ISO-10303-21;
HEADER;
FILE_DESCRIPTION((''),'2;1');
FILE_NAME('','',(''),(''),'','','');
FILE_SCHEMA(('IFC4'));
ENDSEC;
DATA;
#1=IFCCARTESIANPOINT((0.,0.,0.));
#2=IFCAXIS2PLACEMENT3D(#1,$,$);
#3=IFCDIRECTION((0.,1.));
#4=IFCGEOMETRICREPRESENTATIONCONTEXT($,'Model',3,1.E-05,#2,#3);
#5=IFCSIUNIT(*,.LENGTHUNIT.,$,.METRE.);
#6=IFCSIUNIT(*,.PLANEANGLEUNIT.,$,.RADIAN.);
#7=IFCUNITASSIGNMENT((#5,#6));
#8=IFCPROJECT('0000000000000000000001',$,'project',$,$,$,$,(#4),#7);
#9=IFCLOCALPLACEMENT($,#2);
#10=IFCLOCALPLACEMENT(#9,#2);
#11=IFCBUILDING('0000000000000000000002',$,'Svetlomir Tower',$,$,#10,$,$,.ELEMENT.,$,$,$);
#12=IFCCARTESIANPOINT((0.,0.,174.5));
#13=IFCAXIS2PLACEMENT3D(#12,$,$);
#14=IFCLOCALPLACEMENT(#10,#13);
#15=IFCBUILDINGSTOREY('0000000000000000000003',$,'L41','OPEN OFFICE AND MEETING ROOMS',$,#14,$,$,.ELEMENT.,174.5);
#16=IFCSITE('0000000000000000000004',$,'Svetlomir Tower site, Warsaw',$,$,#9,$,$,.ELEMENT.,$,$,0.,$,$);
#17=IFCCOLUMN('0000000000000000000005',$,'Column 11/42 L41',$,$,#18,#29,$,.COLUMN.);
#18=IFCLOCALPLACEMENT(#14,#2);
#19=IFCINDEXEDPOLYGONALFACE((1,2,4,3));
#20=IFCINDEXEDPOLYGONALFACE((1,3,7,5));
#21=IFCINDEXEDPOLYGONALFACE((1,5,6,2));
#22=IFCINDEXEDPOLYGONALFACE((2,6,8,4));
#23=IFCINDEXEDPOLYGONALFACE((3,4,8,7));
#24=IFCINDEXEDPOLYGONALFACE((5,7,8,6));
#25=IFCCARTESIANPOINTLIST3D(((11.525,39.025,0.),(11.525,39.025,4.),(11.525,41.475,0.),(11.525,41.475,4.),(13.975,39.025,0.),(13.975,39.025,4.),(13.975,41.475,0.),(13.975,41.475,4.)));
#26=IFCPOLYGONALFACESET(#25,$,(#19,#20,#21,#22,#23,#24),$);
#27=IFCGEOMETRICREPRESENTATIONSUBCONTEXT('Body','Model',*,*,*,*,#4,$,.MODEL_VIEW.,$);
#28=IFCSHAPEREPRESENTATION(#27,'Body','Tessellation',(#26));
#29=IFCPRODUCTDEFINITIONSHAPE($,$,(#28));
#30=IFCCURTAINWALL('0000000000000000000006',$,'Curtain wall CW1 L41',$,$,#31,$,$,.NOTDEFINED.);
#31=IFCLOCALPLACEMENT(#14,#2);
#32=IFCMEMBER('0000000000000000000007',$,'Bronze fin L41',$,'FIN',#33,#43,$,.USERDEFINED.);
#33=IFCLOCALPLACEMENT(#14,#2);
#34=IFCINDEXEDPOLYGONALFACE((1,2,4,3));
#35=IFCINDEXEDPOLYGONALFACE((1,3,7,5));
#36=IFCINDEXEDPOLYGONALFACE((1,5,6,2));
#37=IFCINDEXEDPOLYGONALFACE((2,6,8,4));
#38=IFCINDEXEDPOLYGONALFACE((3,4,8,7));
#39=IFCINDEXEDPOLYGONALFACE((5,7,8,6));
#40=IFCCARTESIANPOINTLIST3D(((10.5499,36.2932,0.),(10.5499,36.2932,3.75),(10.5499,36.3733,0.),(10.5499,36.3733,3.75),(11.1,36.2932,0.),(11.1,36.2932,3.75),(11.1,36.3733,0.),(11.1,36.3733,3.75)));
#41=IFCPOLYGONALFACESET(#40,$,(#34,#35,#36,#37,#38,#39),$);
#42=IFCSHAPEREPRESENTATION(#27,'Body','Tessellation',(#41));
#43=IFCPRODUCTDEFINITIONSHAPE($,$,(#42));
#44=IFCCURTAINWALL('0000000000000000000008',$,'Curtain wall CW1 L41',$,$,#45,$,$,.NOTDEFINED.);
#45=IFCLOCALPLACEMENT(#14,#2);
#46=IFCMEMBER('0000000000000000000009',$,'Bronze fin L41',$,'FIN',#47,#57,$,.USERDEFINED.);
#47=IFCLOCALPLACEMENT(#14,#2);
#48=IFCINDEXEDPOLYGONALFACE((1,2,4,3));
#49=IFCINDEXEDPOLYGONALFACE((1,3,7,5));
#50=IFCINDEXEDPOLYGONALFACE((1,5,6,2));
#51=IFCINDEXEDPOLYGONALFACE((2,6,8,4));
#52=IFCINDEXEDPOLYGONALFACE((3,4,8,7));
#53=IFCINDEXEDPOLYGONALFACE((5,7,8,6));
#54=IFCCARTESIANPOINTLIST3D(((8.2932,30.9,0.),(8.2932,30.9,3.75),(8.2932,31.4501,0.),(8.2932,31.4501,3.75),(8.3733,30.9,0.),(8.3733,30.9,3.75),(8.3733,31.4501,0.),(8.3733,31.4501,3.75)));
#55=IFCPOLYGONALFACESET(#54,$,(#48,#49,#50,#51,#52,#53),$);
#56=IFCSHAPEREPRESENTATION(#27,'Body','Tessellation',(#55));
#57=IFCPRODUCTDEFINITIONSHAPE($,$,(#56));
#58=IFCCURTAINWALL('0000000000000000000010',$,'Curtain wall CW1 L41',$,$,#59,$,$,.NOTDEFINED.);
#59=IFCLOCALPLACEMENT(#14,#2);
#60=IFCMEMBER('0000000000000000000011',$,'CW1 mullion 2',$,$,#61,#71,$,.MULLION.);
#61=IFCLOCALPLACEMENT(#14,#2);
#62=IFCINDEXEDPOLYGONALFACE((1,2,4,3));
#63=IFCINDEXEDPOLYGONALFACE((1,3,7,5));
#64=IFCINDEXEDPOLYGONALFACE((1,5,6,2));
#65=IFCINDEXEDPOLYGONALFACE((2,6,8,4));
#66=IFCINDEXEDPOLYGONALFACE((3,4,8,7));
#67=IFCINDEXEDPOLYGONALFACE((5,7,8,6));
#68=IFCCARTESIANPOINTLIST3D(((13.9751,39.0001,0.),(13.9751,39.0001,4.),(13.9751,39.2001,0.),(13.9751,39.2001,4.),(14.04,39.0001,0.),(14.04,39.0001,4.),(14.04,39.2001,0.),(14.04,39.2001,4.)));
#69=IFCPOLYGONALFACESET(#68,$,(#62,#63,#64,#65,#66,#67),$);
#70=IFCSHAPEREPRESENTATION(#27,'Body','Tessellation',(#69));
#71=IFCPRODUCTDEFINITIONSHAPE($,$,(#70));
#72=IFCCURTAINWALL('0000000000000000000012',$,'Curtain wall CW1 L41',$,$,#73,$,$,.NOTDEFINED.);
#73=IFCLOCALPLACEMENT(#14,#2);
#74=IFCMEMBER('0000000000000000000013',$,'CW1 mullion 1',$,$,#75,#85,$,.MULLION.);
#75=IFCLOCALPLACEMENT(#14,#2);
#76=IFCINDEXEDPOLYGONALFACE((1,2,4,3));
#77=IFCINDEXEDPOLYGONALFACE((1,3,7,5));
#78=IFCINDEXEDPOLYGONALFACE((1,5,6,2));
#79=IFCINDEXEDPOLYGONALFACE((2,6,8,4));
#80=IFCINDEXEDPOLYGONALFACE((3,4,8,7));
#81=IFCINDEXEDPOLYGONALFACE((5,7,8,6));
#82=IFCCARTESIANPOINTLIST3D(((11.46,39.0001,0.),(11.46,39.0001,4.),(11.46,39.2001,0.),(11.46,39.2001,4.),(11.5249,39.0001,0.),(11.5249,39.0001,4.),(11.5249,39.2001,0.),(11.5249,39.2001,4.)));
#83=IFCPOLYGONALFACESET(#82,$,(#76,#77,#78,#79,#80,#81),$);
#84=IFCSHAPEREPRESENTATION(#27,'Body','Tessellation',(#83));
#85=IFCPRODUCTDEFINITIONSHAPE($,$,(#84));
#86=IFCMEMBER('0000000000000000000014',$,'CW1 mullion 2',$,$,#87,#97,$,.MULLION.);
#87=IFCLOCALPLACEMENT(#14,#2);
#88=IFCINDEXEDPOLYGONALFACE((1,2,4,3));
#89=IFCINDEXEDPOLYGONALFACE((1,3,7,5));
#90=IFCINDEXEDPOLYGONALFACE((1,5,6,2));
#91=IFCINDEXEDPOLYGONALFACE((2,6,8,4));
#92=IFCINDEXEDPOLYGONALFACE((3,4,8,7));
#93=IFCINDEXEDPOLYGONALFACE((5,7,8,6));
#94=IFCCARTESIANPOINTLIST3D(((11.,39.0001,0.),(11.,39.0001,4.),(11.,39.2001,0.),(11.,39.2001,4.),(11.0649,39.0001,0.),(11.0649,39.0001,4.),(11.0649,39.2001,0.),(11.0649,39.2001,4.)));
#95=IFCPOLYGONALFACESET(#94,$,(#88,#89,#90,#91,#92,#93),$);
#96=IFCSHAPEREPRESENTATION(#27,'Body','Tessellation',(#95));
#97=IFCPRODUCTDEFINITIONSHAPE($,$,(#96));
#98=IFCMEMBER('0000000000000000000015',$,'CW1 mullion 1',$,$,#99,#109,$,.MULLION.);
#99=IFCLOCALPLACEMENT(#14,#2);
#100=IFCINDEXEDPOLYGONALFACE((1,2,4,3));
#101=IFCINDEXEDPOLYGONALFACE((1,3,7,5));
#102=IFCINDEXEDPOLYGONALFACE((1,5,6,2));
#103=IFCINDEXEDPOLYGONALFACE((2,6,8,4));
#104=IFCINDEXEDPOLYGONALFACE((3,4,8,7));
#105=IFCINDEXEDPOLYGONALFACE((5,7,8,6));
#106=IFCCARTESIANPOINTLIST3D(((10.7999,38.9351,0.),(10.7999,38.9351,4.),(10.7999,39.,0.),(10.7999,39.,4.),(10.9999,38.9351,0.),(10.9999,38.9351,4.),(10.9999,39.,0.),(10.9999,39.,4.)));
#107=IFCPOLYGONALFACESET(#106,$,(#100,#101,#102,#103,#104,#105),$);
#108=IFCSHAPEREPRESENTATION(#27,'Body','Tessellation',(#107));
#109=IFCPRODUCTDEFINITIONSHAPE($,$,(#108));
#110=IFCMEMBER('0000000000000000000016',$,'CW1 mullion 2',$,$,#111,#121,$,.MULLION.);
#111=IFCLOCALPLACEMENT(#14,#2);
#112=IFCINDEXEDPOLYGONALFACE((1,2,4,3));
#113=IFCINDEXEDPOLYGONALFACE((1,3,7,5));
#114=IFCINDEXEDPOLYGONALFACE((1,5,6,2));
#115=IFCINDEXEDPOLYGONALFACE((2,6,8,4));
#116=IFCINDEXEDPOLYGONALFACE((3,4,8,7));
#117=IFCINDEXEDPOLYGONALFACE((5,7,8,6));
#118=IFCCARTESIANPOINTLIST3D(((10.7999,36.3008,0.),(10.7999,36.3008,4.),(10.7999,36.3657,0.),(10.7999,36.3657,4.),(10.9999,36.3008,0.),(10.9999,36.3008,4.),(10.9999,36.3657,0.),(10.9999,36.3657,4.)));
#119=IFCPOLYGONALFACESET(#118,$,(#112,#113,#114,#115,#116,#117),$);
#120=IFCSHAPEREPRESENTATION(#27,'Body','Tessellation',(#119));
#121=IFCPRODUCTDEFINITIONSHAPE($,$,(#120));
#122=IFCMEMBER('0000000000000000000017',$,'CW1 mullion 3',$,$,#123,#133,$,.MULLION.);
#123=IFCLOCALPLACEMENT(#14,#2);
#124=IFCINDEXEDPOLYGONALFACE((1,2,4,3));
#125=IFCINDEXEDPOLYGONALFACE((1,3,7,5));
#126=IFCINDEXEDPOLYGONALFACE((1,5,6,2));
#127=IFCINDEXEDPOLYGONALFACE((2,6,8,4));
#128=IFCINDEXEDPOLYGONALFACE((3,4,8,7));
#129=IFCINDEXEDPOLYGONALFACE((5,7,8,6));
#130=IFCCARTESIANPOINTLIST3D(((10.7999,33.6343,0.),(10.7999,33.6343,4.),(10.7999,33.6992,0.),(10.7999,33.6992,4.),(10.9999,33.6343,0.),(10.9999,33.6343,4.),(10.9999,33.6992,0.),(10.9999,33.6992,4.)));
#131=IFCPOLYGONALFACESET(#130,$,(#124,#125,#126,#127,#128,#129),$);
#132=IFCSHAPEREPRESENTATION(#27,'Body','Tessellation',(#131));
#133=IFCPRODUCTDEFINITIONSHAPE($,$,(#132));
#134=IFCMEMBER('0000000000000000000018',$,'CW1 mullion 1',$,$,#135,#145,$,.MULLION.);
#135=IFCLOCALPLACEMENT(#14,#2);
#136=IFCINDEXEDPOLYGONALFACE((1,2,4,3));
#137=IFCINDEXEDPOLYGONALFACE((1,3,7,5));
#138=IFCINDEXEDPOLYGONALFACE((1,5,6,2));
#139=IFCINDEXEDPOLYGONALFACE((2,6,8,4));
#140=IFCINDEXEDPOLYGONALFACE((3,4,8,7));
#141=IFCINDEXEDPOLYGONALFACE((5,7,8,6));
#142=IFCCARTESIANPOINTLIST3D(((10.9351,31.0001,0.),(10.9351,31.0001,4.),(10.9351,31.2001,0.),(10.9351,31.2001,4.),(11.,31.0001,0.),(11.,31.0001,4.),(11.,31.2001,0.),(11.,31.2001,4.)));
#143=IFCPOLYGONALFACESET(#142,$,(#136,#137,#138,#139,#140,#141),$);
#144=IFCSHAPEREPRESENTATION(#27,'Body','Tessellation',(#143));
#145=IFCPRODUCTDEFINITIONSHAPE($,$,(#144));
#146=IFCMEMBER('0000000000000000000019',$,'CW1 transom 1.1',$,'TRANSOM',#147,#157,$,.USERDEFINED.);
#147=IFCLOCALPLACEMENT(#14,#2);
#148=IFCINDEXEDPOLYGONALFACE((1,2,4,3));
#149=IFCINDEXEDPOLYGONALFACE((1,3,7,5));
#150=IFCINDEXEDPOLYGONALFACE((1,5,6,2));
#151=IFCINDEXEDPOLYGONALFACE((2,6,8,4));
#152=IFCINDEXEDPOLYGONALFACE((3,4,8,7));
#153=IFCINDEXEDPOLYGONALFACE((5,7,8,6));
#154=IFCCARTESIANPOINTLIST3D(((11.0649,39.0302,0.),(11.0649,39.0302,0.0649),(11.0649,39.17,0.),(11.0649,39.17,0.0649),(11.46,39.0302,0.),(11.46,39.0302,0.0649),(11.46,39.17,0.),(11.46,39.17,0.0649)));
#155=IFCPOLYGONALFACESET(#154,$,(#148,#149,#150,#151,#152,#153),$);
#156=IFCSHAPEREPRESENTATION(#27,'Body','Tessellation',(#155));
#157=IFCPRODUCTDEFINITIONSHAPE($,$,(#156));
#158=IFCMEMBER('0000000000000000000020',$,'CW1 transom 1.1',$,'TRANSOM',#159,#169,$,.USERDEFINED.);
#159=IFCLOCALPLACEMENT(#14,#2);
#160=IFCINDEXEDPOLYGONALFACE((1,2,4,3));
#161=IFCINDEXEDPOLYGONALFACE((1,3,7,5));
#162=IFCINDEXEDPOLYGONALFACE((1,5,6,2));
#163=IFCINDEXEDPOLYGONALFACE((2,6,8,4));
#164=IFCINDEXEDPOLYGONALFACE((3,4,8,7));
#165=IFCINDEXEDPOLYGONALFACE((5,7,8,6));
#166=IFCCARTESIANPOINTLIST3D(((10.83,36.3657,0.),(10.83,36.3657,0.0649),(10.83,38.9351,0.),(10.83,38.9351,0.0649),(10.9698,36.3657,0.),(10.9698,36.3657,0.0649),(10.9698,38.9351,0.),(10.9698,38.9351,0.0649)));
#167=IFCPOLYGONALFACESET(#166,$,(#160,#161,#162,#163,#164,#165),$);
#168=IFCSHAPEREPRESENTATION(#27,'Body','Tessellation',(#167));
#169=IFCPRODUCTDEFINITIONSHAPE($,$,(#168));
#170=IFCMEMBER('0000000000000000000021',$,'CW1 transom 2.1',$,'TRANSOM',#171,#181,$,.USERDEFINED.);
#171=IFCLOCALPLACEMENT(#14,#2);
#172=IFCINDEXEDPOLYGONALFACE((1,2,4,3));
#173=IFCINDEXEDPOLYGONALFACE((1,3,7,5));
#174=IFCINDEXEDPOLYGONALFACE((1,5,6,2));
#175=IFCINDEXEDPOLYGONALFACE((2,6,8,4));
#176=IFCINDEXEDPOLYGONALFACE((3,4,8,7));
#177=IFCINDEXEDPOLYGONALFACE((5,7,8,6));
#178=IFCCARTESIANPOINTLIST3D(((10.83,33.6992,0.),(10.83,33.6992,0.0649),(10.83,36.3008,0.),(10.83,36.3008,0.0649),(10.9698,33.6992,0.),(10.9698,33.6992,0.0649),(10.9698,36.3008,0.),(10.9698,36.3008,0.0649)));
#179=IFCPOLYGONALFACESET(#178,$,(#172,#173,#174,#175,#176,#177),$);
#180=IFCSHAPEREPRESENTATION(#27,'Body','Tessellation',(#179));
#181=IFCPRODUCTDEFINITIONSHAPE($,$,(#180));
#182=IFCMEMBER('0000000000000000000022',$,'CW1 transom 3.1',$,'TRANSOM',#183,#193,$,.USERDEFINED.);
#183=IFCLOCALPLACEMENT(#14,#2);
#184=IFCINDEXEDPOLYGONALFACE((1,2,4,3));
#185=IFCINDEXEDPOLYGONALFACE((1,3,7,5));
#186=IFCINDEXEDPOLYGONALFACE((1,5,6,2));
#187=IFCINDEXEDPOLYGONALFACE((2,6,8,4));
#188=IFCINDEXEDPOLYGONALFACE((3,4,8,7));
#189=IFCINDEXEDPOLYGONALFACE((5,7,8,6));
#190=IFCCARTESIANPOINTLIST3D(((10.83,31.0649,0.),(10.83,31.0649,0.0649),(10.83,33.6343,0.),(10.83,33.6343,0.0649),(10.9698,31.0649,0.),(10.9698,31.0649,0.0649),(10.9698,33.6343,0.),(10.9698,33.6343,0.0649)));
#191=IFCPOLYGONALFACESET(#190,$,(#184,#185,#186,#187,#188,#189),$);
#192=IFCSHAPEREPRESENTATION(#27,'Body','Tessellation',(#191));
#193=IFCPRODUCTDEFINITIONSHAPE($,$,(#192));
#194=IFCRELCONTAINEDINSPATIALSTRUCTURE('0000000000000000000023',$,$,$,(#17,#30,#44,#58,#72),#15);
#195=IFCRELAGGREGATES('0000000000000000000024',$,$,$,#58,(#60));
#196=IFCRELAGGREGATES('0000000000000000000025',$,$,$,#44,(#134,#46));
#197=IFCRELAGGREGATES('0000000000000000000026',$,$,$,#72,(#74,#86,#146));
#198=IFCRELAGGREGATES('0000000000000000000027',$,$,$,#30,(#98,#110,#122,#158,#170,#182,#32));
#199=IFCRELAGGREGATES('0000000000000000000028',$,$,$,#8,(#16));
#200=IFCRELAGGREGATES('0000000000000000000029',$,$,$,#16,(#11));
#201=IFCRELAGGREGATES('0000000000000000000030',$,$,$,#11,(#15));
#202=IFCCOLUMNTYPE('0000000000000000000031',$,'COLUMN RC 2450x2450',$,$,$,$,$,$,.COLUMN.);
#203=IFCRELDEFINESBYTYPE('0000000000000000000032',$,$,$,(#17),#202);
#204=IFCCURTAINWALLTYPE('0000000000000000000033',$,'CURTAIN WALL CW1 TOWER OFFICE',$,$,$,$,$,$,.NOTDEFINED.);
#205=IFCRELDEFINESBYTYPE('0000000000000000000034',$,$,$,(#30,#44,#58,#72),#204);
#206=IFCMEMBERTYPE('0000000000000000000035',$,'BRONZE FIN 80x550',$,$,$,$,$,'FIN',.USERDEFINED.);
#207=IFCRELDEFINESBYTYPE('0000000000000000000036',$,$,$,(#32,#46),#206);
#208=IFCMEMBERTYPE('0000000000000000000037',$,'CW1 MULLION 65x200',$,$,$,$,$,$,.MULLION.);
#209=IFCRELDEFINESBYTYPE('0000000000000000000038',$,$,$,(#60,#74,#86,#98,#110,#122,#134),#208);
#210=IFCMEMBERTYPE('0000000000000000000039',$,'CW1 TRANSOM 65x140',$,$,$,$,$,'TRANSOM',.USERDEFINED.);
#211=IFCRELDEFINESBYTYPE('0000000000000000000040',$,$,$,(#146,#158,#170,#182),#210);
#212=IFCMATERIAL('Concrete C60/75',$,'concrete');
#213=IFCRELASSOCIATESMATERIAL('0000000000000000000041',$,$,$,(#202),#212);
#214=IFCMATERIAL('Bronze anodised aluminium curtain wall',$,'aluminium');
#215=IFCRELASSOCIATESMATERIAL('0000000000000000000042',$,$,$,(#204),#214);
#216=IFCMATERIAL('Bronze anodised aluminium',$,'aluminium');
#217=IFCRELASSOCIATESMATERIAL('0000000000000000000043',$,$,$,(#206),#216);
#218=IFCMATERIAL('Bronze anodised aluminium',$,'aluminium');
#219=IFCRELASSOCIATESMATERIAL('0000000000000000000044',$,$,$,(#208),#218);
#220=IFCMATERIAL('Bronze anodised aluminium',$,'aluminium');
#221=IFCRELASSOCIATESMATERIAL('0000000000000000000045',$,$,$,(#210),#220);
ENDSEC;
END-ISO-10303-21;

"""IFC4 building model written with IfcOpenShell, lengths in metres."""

from ifc_helpers import new_model, si_unit, direction, frame, origin, origin_2d, place, context, subcontext, project, spatial, rectangle, extrude, material, material_profile, profile_set, type_object, element, aggregate, save


model = new_model("IFC4")

# Units and contexts
model_context = context("Model", 3, precision=1e-05, world=origin(), true_north=direction((0.0, 1.0)))
body_context = subcontext(model_context, "Body", "Model", "MODEL_VIEW")
ifc_project = project(units=[si_unit("LENGTHUNIT", "METRE"), si_unit("PLANEANGLEUNIT", "RADIAN")], contexts=[model_context])

# Site, building, storey
site_placement = place(None, origin())
site = spatial("IfcSite", under=ifc_project, at=site_placement, Name="Svetlomir Tower site, Warsaw", CompositionType="ELEMENT", RefElevation=0.0)
building_placement = place(site_placement, origin())
building = spatial("IfcBuilding", under=site, at=building_placement, Name="Svetlomir Tower", CompositionType="ELEMENT")
storey_placement = place(building_placement, frame((0.0, 0.0, 174.5)))
storey = spatial("IfcBuildingStorey", under=building, at=storey_placement, Name="L41", Description="OPEN OFFICE AND MEETING ROOMS", CompositionType="ELEMENT", Elevation=174.5)

# Column
ifc_material_1 = material(Name="Concrete C60/75", Category="concrete")
ifc_material_profile_1 = material_profile(ifc_material_1, rectangle(XDim=2.45, YDim=2.45, at=origin_2d()), Name="RC 2450x2450")
ifc_profile_set_1 = profile_set([ifc_material_profile_1], Name="Concrete C60/75")
column_type = type_object("IfcColumnType", Name="COLUMN RC 2450x2450", PredefinedType="COLUMN", material=ifc_profile_set_1)
column_placement = place(storey_placement, frame((12.75, 40.25, 0.0), z_axis=(0.0, 0.0, 1.0), x_axis=(1.0, 0.0, 0.0)))
element("IfcColumn", 1, at=column_placement, inside=storey, type_object=column_type, Name="Column 11/42 L41", PredefinedType="COLUMN", context=body_context, shape_type="SweptSolid", body=[
    extrude(rectangle(XDim=2.45, YDim=2.45, at=origin_2d()), origin(), (0.0, 0.0, 1.0), 4.0),
])

# Curtain walls, members
ifc_material_2 = material(Name="Bronze anodised aluminium curtain wall", Category="aluminium")
curtain_wall_type = type_object("IfcCurtainWallType", Name="CURTAIN WALL CW1 TOWER OFFICE", PredefinedType="NOTDEFINED", material=ifc_material_2)
curtain_wall_1_placement = place(storey_placement, origin())
curtain_wall_1 = element("IfcCurtainWall", 2, at=curtain_wall_1_placement, inside=storey, type_object=curtain_wall_type, Name="Curtain wall CW1 L41", PredefinedType="NOTDEFINED")
ifc_material_3 = material(Name="Bronze anodised aluminium", Category="aluminium")
ifc_material_profile_2 = material_profile(ifc_material_3, rectangle(XDim=0.0801, YDim=0.55, at=origin_2d()), Name="FIN 80x550")
ifc_profile_set_2 = profile_set([ifc_material_profile_2], Name="Bronze anodised aluminium 6063-T6")
member_type_1 = type_object("IfcMemberType", Name="BRONZE FIN 80x550", ElementType="FIN", PredefinedType="USERDEFINED", material=ifc_profile_set_2)
member_1_placement = place(storey_placement, frame((10.825, 36.3333, 0.0), z_axis=(0.0, 0.0, 1.0), x_axis=(0.0, 1.0, 0.0)))
member_1 = element("IfcMember", 3, at=member_1_placement, type_object=member_type_1, Name="Bronze fin L41", ObjectType="FIN", PredefinedType="USERDEFINED", context=body_context, shape_type="SweptSolid", body=[
    extrude(rectangle(XDim=0.0801, YDim=0.55, at=origin_2d()), origin(), (0.0, 0.0, 1.0), 3.75),
])
curtain_wall_2_placement = place(storey_placement, origin())
curtain_wall_2 = element("IfcCurtainWall", 4, at=curtain_wall_2_placement, inside=storey, type_object=curtain_wall_type, Name="Curtain wall CW1 L41", PredefinedType="NOTDEFINED")
member_2_placement = place(storey_placement, frame((8.3333, 31.175, 0.0), z_axis=(0.0, 0.0, 1.0), x_axis=(1.0, 0.0, 0.0)))
member_2 = element("IfcMember", 5, at=member_2_placement, type_object=member_type_1, Name="Bronze fin L41", ObjectType="FIN", PredefinedType="USERDEFINED", context=body_context, shape_type="SweptSolid", body=[
    extrude(rectangle(XDim=0.0801, YDim=0.55, at=origin_2d()), origin(), (0.0, 0.0, 1.0), 3.75),
])
curtain_wall_3_placement = place(storey_placement, origin())
curtain_wall_3 = element("IfcCurtainWall", 6, at=curtain_wall_3_placement, inside=storey, type_object=curtain_wall_type, Name="Curtain wall CW1 L41", PredefinedType="NOTDEFINED")
ifc_material_4 = material(Name="Bronze anodised aluminium", Category="aluminium")
ifc_material_profile_3 = material_profile(ifc_material_4, rectangle(XDim=0.0649, YDim=0.2, at=origin_2d()), Name="AL 65x200")
ifc_profile_set_3 = profile_set([ifc_material_profile_3], Name="Bronze anodised aluminium 6063-T6")
member_type_2 = type_object("IfcMemberType", Name="CW1 MULLION 65x200", PredefinedType="MULLION", material=ifc_profile_set_3)
member_3_placement = place(storey_placement, frame((14.0076, 39.1001, 0.0), z_axis=(0.0, 0.0, 1.0), x_axis=(-1.0, 0.0, 0.0)))
member_3 = element("IfcMember", 7, at=member_3_placement, type_object=member_type_2, Name="CW1 mullion 2", PredefinedType="MULLION", context=body_context, shape_type="SweptSolid", body=[
    extrude(rectangle(XDim=0.0649, YDim=0.2, at=origin_2d()), origin(), (0.0, 0.0, 1.0), 4.0),
])
aggregate(curtain_wall_3, [member_3])

# Curtain wall, members
curtain_wall_4_placement = place(storey_placement, origin())
curtain_wall_4 = element("IfcCurtainWall", 8, at=curtain_wall_4_placement, inside=storey, type_object=curtain_wall_type, Name="Curtain wall CW1 L41", PredefinedType="NOTDEFINED")
member_4_placement = place(storey_placement, frame((11.4924, 39.1001, 0.0), z_axis=(0.0, 0.0, 1.0), x_axis=(-1.0, 0.0, 0.0)))
member_4 = element("IfcMember", 9, at=member_4_placement, type_object=member_type_2, Name="CW1 mullion 1", PredefinedType="MULLION", context=body_context, shape_type="SweptSolid", body=[
    extrude(rectangle(XDim=0.0649, YDim=0.2, at=origin_2d()), origin(), (0.0, 0.0, 1.0), 4.0),
])
member_5_placement = place(storey_placement, frame((11.0325, 39.1001, 0.0), z_axis=(0.0, 0.0, 1.0), x_axis=(-1.0, 0.0, 0.0)))
member_5 = element("IfcMember", 10, at=member_5_placement, type_object=member_type_2, Name="CW1 mullion 2", PredefinedType="MULLION", context=body_context, shape_type="SweptSolid", body=[
    extrude(rectangle(XDim=0.0649, YDim=0.2, at=origin_2d()), origin(), (0.0, 0.0, 1.0), 4.0),
])

# Members
member_6_placement = place(storey_placement, frame((10.8999, 38.9675, 0.0), z_axis=(0.0, 0.0, 1.0), x_axis=(0.0, -1.0, 0.0)))
member_6 = element("IfcMember", 11, at=member_6_placement, type_object=member_type_2, Name="CW1 mullion 1", PredefinedType="MULLION", context=body_context, shape_type="SweptSolid", body=[
    extrude(rectangle(XDim=0.0649, YDim=0.2, at=origin_2d()), origin(), (0.0, 0.0, 1.0), 4.0),
])
member_7_placement = place(storey_placement, frame((10.8999, 36.3333, 0.0), z_axis=(0.0, 0.0, 1.0), x_axis=(0.0, -1.0, 0.0)))
member_7 = element("IfcMember", 12, at=member_7_placement, type_object=member_type_2, Name="CW1 mullion 2", PredefinedType="MULLION", context=body_context, shape_type="SweptSolid", body=[
    extrude(rectangle(XDim=0.0649, YDim=0.2, at=origin_2d()), origin(), (0.0, 0.0, 1.0), 4.0),
])
member_8_placement = place(storey_placement, frame((10.8999, 33.6667, 0.0), z_axis=(0.0, 0.0, 1.0), x_axis=(0.0, -1.0, 0.0)))
member_8 = element("IfcMember", 13, at=member_8_placement, type_object=member_type_2, Name="CW1 mullion 3", PredefinedType="MULLION", context=body_context, shape_type="SweptSolid", body=[
    extrude(rectangle(XDim=0.0649, YDim=0.2, at=origin_2d()), origin(), (0.0, 0.0, 1.0), 4.0),
])
member_9_placement = place(storey_placement, frame((10.9675, 31.1001, 0.0), z_axis=(0.0, 0.0, 1.0), x_axis=(-1.0, 0.0, 0.0)))
member_9 = element("IfcMember", 14, at=member_9_placement, type_object=member_type_2, Name="CW1 mullion 1", PredefinedType="MULLION", context=body_context, shape_type="SweptSolid", body=[
    extrude(rectangle(XDim=0.0649, YDim=0.2, at=origin_2d()), origin(), (0.0, 0.0, 1.0), 4.0),
])
aggregate(curtain_wall_2, [member_9, member_2])
ifc_material_5 = material(Name="Bronze anodised aluminium", Category="aluminium")
ifc_material_profile_4 = material_profile(ifc_material_5, rectangle(XDim=0.1399, YDim=0.0649, at=origin_2d()), Name="AL 140x65")
ifc_profile_set_4 = profile_set([ifc_material_profile_4], Name="Bronze anodised aluminium 6063-T6")
member_type_3 = type_object("IfcMemberType", Name="CW1 TRANSOM 65x140", ElementType="TRANSOM", PredefinedType="USERDEFINED", material=ifc_profile_set_4)
member_10_placement = place(storey_placement, frame((11.46, 39.1001, 0.0325), z_axis=(-1.0, 0.0, 0.0), x_axis=(0.0, -1.0, 0.0)))
member_10 = element("IfcMember", 15, at=member_10_placement, type_object=member_type_3, Name="CW1 transom 1.1", ObjectType="TRANSOM", PredefinedType="USERDEFINED", context=body_context, shape_type="SweptSolid", body=[
    extrude(rectangle(XDim=0.1399, YDim=0.0649, at=origin_2d()), origin(), (0.0, 0.0, 1.0), 0.395),
])
member_11_placement = place(storey_placement, frame((10.8999, 38.9351, 0.0325), z_axis=(0.0, -1.0, 0.0), x_axis=(1.0, 0.0, 0.0)))
member_11 = element("IfcMember", 16, at=member_11_placement, type_object=member_type_3, Name="CW1 transom 1.1", ObjectType="TRANSOM", PredefinedType="USERDEFINED", context=body_context, shape_type="SweptSolid", body=[
    extrude(rectangle(XDim=0.1399, YDim=0.0649, at=origin_2d()), origin(), (0.0, 0.0, 1.0), 2.5693),
])
member_12_placement = place(storey_placement, frame((10.8999, 36.3008, 0.0325), z_axis=(0.0, -1.0, 0.0), x_axis=(1.0, 0.0, 0.0)))
member_12 = element("IfcMember", 17, at=member_12_placement, type_object=member_type_3, Name="CW1 transom 2.1", ObjectType="TRANSOM", PredefinedType="USERDEFINED", context=body_context, shape_type="SweptSolid", body=[
    extrude(rectangle(XDim=0.1399, YDim=0.0649, at=origin_2d()), origin(), (0.0, 0.0, 1.0), 2.6016),
])
member_13_placement = place(storey_placement, frame((10.8999, 33.6343, 0.0325), z_axis=(0.0, -1.0, 0.0), x_axis=(1.0, 0.0, 0.0)))
member_13 = element("IfcMember", 18, at=member_13_placement, type_object=member_type_3, Name="CW1 transom 3.1", ObjectType="TRANSOM", PredefinedType="USERDEFINED", context=body_context, shape_type="SweptSolid", body=[
    extrude(rectangle(XDim=0.1399, YDim=0.0649, at=origin_2d()), origin(), (0.0, 0.0, 1.0), 2.5693),
])

aggregate(curtain_wall_4, [member_4, member_5, member_10])
aggregate(curtain_wall_1, [member_6, member_7, member_8, member_11, member_12, member_13, member_1])

save(model, "model.ifc")
